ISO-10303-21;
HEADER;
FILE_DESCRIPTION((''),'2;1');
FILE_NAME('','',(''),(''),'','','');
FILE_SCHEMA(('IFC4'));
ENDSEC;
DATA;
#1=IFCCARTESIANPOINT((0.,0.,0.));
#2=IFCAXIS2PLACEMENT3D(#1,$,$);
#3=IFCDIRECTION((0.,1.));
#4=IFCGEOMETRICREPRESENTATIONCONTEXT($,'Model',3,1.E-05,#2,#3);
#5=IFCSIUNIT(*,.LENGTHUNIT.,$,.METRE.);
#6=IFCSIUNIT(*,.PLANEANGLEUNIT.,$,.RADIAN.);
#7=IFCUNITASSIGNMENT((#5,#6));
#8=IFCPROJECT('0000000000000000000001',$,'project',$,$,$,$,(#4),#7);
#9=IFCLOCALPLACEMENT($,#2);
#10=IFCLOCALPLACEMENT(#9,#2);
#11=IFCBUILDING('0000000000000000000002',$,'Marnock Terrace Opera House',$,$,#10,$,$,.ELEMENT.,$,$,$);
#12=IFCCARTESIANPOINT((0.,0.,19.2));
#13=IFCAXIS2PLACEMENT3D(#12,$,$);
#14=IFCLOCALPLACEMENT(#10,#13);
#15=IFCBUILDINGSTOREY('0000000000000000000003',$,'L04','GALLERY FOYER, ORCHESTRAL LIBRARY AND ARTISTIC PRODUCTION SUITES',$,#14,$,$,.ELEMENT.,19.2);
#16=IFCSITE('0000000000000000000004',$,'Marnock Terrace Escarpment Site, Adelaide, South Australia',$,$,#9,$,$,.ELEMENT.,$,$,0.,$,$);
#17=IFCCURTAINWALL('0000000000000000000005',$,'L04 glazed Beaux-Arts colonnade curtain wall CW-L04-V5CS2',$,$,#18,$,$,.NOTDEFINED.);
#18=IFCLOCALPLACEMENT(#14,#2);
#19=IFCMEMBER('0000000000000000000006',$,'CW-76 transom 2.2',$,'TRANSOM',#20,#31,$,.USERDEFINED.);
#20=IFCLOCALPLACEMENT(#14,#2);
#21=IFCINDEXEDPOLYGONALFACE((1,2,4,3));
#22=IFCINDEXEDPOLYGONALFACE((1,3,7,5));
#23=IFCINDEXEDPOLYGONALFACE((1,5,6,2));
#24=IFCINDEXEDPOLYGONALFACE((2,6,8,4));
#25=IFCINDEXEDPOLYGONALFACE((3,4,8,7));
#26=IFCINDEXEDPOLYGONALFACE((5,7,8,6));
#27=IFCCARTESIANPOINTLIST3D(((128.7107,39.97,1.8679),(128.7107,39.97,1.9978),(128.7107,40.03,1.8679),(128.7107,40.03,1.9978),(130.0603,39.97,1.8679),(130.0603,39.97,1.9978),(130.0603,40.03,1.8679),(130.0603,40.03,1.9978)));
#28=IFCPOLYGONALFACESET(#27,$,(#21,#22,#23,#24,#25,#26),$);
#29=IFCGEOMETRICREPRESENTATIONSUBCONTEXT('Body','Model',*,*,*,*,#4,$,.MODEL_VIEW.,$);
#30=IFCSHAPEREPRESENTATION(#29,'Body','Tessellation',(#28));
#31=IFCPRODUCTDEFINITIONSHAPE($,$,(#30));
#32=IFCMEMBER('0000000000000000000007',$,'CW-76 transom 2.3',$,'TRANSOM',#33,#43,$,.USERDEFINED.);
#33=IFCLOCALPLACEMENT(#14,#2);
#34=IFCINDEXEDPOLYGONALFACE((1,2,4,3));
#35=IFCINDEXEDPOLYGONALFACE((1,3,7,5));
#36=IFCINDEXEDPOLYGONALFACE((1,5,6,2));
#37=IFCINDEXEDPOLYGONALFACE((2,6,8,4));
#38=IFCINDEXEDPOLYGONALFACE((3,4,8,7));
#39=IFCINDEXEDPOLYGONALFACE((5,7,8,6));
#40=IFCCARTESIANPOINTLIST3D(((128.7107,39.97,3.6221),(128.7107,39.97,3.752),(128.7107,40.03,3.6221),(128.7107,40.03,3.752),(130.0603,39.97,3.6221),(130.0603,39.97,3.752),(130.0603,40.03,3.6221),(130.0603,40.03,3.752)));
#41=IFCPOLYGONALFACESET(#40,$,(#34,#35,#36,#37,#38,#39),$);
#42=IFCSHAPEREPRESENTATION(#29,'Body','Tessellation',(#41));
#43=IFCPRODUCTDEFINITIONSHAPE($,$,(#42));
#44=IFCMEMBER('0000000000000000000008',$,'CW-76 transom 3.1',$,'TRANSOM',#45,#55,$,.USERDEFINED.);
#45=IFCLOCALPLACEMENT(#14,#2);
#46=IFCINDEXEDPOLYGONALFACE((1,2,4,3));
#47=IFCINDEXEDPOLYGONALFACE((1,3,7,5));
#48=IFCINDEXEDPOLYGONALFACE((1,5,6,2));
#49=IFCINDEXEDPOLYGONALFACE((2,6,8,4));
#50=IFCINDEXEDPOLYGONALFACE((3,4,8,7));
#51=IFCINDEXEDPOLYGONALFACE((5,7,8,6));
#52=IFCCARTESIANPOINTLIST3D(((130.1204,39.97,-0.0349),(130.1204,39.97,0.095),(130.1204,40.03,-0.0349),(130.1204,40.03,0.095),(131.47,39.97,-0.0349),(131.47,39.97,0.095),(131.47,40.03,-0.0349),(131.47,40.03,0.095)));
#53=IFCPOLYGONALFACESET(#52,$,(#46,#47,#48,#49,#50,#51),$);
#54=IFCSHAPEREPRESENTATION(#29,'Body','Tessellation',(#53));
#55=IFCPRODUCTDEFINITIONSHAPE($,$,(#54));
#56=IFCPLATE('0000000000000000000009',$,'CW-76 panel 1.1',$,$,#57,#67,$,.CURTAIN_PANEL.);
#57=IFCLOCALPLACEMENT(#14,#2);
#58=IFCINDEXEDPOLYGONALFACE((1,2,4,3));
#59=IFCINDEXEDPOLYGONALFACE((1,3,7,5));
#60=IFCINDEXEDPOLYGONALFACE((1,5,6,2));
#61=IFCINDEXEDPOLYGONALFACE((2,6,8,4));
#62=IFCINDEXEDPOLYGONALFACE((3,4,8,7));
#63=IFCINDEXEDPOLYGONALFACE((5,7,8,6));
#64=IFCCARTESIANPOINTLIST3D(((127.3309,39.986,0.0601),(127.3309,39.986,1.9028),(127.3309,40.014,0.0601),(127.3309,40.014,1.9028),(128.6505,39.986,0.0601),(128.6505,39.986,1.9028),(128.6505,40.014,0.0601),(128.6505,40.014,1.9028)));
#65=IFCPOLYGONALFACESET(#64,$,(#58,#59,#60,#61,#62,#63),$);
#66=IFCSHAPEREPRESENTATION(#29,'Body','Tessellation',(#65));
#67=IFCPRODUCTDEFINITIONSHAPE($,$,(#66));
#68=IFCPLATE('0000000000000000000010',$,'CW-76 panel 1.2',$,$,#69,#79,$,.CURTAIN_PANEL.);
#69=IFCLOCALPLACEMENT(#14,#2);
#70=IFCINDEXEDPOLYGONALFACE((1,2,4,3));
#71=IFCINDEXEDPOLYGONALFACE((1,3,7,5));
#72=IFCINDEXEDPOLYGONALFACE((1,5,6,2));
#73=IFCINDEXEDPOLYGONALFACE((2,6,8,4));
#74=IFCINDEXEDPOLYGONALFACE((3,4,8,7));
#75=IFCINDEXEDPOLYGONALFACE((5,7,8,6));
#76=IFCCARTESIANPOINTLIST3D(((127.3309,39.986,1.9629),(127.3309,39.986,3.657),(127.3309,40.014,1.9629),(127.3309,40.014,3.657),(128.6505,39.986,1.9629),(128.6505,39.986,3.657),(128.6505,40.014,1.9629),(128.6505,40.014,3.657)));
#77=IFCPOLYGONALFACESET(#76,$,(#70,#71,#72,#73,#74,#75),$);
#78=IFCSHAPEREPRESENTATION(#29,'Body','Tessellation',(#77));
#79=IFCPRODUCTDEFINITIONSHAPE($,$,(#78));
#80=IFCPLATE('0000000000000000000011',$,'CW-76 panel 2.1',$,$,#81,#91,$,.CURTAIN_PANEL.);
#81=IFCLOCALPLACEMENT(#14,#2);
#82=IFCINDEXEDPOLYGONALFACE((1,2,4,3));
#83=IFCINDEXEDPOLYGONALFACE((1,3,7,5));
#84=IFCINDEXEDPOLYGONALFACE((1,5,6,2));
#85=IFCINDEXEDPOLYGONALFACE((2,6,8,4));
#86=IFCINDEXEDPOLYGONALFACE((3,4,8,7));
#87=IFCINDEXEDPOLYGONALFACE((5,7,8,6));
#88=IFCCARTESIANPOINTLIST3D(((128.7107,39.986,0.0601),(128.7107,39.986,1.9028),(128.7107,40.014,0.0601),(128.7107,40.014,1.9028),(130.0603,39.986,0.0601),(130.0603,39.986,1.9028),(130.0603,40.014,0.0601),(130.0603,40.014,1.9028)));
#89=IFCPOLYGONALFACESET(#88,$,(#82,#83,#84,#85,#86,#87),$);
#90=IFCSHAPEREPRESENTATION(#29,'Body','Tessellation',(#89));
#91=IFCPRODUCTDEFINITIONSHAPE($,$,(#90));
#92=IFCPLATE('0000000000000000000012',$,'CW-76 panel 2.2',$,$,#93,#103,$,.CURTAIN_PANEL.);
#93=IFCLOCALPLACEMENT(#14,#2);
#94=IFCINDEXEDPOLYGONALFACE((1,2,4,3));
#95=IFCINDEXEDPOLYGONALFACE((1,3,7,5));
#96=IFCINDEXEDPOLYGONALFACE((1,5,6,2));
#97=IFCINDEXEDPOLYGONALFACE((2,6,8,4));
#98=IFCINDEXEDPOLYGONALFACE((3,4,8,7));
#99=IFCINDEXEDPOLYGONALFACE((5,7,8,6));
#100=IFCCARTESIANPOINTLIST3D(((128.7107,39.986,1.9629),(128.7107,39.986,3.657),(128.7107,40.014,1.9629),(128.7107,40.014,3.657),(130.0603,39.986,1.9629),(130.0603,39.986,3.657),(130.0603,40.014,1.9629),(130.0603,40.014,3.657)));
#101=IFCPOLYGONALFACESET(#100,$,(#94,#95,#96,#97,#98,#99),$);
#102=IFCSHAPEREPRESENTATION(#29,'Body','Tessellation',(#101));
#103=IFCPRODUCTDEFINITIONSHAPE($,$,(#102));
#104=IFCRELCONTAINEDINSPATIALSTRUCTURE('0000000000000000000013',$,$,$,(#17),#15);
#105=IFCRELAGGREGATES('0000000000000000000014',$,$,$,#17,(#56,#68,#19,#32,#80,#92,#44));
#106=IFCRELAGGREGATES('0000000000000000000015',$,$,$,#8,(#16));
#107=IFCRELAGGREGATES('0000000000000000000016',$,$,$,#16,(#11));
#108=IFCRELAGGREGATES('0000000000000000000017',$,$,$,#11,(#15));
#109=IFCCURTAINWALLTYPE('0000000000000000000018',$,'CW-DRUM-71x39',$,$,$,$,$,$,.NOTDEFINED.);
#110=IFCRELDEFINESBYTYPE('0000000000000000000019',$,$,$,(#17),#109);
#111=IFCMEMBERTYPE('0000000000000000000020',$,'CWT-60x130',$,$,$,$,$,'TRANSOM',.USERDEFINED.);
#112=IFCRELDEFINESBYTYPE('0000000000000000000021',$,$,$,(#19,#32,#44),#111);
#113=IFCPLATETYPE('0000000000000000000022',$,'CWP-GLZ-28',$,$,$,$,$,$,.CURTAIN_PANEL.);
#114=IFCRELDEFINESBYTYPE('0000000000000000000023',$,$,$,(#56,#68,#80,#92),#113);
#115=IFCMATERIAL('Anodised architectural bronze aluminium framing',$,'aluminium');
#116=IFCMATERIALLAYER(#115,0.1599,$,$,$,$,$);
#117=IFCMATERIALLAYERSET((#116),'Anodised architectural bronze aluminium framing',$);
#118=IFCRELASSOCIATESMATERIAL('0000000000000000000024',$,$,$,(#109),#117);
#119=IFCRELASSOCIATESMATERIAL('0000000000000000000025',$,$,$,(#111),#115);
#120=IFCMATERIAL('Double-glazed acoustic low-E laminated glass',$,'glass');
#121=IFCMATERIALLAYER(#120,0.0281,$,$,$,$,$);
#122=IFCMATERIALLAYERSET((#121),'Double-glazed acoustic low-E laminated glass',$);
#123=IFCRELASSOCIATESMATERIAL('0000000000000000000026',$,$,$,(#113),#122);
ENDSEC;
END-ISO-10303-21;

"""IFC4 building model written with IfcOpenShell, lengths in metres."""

from ifc_helpers import new_model, si_unit, direction, frame, origin, origin_2d, place, context, subcontext, project, spatial, rectangle, extrude, material, layer, layer_set, material_profile, profile_set, type_object, element, aggregate, save


model = new_model("IFC4")

# Units and contexts
model_context = context("Model", 3, precision=1e-05, world=origin(), true_north=direction((0.0, 1.0)))
body_context = subcontext(model_context, "Body", "Model", "MODEL_VIEW")
ifc_project = project(units=[si_unit("LENGTHUNIT", "METRE"), si_unit("PLANEANGLEUNIT", "RADIAN")], contexts=[model_context])

# Site, building, storey
site_placement = place(None, origin())
site = spatial("IfcSite", under=ifc_project, at=site_placement, Name="Marnock Terrace Escarpment Site, Adelaide, South Australia", CompositionType="ELEMENT", RefElevation=0.0)
building_placement = place(site_placement, origin())
building = spatial("IfcBuilding", under=site, at=building_placement, Name="Marnock Terrace Opera House", CompositionType="ELEMENT")
storey_placement = place(building_placement, frame((0.0, 0.0, 19.2)))
storey = spatial("IfcBuildingStorey", under=building, at=storey_placement, Name="L04", Description="GALLERY FOYER, ORCHESTRAL LIBRARY AND ARTISTIC PRODUCTION SUITES", CompositionType="ELEMENT", Elevation=19.2)

# Curtain wall, members, plates
ifc_material_1 = material(Name="Anodised architectural bronze aluminium framing", Category="aluminium")
ifc_layer_1 = layer(ifc_material_1, 0.1599)
ifc_layer_set_1 = layer_set([ifc_layer_1], Name="Anodised architectural bronze aluminium framing")
curtain_wall_type = type_object("IfcCurtainWallType", Name="CW-DRUM-71x39", PredefinedType="NOTDEFINED", material=ifc_layer_set_1)
curtain_wall_placement = place(storey_placement, origin())
curtain_wall = element("IfcCurtainWall", 1, at=curtain_wall_placement, inside=storey, type_object=curtain_wall_type, Name="L04 glazed Beaux-Arts colonnade curtain wall CW-L04-V5CS2", PredefinedType="NOTDEFINED")
ifc_material_profile_1 = material_profile(ifc_material_1, rectangle(XDim=0.0601, YDim=0.1299, at=origin_2d()))
ifc_profile_set_1 = profile_set([ifc_material_profile_1], Name="Anodised architectural bronze aluminium framing")
member_type_1 = type_object("IfcMemberType", Name="CWT-60x130", ElementType="TRANSOM", PredefinedType="USERDEFINED", material=ifc_profile_set_1)
member_1_placement = place(storey_placement, frame((128.7107, 40.0, 1.9329), z_axis=(1.0, 0.0, 0.0), x_axis=(0.0, 1.0, 0.0)))
member_1 = element("IfcMember", 2, at=member_1_placement, type_object=member_type_1, Name="CW-76 transom 2.2", ObjectType="TRANSOM", PredefinedType="USERDEFINED", context=body_context, shape_type="SweptSolid", body=[
    extrude(rectangle(XDim=0.0601, YDim=0.1299, at=origin_2d()), origin(), (0.0, 0.0, 1.0), 1.3496),
])
member_2_placement = place(storey_placement, frame((128.7107, 40.0, 3.687), z_axis=(1.0, 0.0, 0.0), x_axis=(0.0, 1.0, 0.0)))
member_2 = element("IfcMember", 3, at=member_2_placement, type_object=member_type_1, Name="CW-76 transom 2.3", ObjectType="TRANSOM", PredefinedType="USERDEFINED", context=body_context, shape_type="SweptSolid", body=[
    extrude(rectangle(XDim=0.0601, YDim=0.1299, at=origin_2d()), origin(), (0.0, 0.0, 1.0), 1.3496),
])
member_3_placement = place(storey_placement, frame((130.1204, 40.0, 0.03), z_axis=(1.0, 0.0, 0.0), x_axis=(0.0, 1.0, 0.0)))
member_3 = element("IfcMember", 4, at=member_3_placement, type_object=member_type_1, Name="CW-76 transom 3.1", ObjectType="TRANSOM", PredefinedType="USERDEFINED", context=body_context, shape_type="SweptSolid", body=[
    extrude(rectangle(XDim=0.0601, YDim=0.1299, at=origin_2d()), origin(), (0.0, 0.0, 1.0), 1.3496),
])
ifc_material_2 = material(Name="Double-glazed acoustic low-E laminated glass", Category="glass")
ifc_layer_2 = layer(ifc_material_2, 0.0281)
ifc_layer_set_2 = layer_set([ifc_layer_2], Name="Double-glazed acoustic low-E laminated glass")
plate_type = type_object("IfcPlateType", Name="CWP-GLZ-28", PredefinedType="CURTAIN_PANEL", material=ifc_layer_set_2)
plate_1_placement = place(storey_placement, frame((127.9907, 40.0, 0.0601), z_axis=(0.0, 0.0, 1.0), x_axis=(1.0, 0.0, 0.0)))
plate_1 = element("IfcPlate", 5, at=plate_1_placement, type_object=plate_type, Name="CW-76 panel 1.1", PredefinedType="CURTAIN_PANEL", context=body_context, shape_type="SweptSolid", body=[
    extrude(rectangle(XDim=1.3196, YDim=0.0281, at=origin_2d()), origin(), (0.0, 0.0, 1.0), 1.8428),
])
plate_2_placement = place(storey_placement, frame((127.9907, 40.0, 1.9629), z_axis=(0.0, 0.0, 1.0), x_axis=(1.0, 0.0, 0.0)))
plate_2 = element("IfcPlate", 6, at=plate_2_placement, type_object=plate_type, Name="CW-76 panel 1.2", PredefinedType="CURTAIN_PANEL", context=body_context, shape_type="SweptSolid", body=[
    extrude(rectangle(XDim=1.3196, YDim=0.0281, at=origin_2d()), origin(), (0.0, 0.0, 1.0), 1.6941),
])
plate_3_placement = place(storey_placement, frame((129.3855, 40.0, 0.0601), z_axis=(0.0, 0.0, 1.0), x_axis=(1.0, 0.0, 0.0)))
plate_3 = element("IfcPlate", 7, at=plate_3_placement, type_object=plate_type, Name="CW-76 panel 2.1", PredefinedType="CURTAIN_PANEL", context=body_context, shape_type="SweptSolid", body=[
    extrude(rectangle(XDim=1.3496, YDim=0.0281, at=origin_2d()), origin(), (0.0, 0.0, 1.0), 1.8428),
])
plate_4_placement = place(storey_placement, frame((129.3855, 40.0, 1.9629), z_axis=(0.0, 0.0, 1.0), x_axis=(1.0, 0.0, 0.0)))
plate_4 = element("IfcPlate", 8, at=plate_4_placement, type_object=plate_type, Name="CW-76 panel 2.2", PredefinedType="CURTAIN_PANEL", context=body_context, shape_type="SweptSolid", body=[
    extrude(rectangle(XDim=1.3496, YDim=0.0281, at=origin_2d()), origin(), (0.0, 0.0, 1.0), 1.6941),
])
aggregate(curtain_wall, [plate_1, plate_2, member_1, member_2, plate_3, plate_4, member_3])

save(model, "model.ifc")
